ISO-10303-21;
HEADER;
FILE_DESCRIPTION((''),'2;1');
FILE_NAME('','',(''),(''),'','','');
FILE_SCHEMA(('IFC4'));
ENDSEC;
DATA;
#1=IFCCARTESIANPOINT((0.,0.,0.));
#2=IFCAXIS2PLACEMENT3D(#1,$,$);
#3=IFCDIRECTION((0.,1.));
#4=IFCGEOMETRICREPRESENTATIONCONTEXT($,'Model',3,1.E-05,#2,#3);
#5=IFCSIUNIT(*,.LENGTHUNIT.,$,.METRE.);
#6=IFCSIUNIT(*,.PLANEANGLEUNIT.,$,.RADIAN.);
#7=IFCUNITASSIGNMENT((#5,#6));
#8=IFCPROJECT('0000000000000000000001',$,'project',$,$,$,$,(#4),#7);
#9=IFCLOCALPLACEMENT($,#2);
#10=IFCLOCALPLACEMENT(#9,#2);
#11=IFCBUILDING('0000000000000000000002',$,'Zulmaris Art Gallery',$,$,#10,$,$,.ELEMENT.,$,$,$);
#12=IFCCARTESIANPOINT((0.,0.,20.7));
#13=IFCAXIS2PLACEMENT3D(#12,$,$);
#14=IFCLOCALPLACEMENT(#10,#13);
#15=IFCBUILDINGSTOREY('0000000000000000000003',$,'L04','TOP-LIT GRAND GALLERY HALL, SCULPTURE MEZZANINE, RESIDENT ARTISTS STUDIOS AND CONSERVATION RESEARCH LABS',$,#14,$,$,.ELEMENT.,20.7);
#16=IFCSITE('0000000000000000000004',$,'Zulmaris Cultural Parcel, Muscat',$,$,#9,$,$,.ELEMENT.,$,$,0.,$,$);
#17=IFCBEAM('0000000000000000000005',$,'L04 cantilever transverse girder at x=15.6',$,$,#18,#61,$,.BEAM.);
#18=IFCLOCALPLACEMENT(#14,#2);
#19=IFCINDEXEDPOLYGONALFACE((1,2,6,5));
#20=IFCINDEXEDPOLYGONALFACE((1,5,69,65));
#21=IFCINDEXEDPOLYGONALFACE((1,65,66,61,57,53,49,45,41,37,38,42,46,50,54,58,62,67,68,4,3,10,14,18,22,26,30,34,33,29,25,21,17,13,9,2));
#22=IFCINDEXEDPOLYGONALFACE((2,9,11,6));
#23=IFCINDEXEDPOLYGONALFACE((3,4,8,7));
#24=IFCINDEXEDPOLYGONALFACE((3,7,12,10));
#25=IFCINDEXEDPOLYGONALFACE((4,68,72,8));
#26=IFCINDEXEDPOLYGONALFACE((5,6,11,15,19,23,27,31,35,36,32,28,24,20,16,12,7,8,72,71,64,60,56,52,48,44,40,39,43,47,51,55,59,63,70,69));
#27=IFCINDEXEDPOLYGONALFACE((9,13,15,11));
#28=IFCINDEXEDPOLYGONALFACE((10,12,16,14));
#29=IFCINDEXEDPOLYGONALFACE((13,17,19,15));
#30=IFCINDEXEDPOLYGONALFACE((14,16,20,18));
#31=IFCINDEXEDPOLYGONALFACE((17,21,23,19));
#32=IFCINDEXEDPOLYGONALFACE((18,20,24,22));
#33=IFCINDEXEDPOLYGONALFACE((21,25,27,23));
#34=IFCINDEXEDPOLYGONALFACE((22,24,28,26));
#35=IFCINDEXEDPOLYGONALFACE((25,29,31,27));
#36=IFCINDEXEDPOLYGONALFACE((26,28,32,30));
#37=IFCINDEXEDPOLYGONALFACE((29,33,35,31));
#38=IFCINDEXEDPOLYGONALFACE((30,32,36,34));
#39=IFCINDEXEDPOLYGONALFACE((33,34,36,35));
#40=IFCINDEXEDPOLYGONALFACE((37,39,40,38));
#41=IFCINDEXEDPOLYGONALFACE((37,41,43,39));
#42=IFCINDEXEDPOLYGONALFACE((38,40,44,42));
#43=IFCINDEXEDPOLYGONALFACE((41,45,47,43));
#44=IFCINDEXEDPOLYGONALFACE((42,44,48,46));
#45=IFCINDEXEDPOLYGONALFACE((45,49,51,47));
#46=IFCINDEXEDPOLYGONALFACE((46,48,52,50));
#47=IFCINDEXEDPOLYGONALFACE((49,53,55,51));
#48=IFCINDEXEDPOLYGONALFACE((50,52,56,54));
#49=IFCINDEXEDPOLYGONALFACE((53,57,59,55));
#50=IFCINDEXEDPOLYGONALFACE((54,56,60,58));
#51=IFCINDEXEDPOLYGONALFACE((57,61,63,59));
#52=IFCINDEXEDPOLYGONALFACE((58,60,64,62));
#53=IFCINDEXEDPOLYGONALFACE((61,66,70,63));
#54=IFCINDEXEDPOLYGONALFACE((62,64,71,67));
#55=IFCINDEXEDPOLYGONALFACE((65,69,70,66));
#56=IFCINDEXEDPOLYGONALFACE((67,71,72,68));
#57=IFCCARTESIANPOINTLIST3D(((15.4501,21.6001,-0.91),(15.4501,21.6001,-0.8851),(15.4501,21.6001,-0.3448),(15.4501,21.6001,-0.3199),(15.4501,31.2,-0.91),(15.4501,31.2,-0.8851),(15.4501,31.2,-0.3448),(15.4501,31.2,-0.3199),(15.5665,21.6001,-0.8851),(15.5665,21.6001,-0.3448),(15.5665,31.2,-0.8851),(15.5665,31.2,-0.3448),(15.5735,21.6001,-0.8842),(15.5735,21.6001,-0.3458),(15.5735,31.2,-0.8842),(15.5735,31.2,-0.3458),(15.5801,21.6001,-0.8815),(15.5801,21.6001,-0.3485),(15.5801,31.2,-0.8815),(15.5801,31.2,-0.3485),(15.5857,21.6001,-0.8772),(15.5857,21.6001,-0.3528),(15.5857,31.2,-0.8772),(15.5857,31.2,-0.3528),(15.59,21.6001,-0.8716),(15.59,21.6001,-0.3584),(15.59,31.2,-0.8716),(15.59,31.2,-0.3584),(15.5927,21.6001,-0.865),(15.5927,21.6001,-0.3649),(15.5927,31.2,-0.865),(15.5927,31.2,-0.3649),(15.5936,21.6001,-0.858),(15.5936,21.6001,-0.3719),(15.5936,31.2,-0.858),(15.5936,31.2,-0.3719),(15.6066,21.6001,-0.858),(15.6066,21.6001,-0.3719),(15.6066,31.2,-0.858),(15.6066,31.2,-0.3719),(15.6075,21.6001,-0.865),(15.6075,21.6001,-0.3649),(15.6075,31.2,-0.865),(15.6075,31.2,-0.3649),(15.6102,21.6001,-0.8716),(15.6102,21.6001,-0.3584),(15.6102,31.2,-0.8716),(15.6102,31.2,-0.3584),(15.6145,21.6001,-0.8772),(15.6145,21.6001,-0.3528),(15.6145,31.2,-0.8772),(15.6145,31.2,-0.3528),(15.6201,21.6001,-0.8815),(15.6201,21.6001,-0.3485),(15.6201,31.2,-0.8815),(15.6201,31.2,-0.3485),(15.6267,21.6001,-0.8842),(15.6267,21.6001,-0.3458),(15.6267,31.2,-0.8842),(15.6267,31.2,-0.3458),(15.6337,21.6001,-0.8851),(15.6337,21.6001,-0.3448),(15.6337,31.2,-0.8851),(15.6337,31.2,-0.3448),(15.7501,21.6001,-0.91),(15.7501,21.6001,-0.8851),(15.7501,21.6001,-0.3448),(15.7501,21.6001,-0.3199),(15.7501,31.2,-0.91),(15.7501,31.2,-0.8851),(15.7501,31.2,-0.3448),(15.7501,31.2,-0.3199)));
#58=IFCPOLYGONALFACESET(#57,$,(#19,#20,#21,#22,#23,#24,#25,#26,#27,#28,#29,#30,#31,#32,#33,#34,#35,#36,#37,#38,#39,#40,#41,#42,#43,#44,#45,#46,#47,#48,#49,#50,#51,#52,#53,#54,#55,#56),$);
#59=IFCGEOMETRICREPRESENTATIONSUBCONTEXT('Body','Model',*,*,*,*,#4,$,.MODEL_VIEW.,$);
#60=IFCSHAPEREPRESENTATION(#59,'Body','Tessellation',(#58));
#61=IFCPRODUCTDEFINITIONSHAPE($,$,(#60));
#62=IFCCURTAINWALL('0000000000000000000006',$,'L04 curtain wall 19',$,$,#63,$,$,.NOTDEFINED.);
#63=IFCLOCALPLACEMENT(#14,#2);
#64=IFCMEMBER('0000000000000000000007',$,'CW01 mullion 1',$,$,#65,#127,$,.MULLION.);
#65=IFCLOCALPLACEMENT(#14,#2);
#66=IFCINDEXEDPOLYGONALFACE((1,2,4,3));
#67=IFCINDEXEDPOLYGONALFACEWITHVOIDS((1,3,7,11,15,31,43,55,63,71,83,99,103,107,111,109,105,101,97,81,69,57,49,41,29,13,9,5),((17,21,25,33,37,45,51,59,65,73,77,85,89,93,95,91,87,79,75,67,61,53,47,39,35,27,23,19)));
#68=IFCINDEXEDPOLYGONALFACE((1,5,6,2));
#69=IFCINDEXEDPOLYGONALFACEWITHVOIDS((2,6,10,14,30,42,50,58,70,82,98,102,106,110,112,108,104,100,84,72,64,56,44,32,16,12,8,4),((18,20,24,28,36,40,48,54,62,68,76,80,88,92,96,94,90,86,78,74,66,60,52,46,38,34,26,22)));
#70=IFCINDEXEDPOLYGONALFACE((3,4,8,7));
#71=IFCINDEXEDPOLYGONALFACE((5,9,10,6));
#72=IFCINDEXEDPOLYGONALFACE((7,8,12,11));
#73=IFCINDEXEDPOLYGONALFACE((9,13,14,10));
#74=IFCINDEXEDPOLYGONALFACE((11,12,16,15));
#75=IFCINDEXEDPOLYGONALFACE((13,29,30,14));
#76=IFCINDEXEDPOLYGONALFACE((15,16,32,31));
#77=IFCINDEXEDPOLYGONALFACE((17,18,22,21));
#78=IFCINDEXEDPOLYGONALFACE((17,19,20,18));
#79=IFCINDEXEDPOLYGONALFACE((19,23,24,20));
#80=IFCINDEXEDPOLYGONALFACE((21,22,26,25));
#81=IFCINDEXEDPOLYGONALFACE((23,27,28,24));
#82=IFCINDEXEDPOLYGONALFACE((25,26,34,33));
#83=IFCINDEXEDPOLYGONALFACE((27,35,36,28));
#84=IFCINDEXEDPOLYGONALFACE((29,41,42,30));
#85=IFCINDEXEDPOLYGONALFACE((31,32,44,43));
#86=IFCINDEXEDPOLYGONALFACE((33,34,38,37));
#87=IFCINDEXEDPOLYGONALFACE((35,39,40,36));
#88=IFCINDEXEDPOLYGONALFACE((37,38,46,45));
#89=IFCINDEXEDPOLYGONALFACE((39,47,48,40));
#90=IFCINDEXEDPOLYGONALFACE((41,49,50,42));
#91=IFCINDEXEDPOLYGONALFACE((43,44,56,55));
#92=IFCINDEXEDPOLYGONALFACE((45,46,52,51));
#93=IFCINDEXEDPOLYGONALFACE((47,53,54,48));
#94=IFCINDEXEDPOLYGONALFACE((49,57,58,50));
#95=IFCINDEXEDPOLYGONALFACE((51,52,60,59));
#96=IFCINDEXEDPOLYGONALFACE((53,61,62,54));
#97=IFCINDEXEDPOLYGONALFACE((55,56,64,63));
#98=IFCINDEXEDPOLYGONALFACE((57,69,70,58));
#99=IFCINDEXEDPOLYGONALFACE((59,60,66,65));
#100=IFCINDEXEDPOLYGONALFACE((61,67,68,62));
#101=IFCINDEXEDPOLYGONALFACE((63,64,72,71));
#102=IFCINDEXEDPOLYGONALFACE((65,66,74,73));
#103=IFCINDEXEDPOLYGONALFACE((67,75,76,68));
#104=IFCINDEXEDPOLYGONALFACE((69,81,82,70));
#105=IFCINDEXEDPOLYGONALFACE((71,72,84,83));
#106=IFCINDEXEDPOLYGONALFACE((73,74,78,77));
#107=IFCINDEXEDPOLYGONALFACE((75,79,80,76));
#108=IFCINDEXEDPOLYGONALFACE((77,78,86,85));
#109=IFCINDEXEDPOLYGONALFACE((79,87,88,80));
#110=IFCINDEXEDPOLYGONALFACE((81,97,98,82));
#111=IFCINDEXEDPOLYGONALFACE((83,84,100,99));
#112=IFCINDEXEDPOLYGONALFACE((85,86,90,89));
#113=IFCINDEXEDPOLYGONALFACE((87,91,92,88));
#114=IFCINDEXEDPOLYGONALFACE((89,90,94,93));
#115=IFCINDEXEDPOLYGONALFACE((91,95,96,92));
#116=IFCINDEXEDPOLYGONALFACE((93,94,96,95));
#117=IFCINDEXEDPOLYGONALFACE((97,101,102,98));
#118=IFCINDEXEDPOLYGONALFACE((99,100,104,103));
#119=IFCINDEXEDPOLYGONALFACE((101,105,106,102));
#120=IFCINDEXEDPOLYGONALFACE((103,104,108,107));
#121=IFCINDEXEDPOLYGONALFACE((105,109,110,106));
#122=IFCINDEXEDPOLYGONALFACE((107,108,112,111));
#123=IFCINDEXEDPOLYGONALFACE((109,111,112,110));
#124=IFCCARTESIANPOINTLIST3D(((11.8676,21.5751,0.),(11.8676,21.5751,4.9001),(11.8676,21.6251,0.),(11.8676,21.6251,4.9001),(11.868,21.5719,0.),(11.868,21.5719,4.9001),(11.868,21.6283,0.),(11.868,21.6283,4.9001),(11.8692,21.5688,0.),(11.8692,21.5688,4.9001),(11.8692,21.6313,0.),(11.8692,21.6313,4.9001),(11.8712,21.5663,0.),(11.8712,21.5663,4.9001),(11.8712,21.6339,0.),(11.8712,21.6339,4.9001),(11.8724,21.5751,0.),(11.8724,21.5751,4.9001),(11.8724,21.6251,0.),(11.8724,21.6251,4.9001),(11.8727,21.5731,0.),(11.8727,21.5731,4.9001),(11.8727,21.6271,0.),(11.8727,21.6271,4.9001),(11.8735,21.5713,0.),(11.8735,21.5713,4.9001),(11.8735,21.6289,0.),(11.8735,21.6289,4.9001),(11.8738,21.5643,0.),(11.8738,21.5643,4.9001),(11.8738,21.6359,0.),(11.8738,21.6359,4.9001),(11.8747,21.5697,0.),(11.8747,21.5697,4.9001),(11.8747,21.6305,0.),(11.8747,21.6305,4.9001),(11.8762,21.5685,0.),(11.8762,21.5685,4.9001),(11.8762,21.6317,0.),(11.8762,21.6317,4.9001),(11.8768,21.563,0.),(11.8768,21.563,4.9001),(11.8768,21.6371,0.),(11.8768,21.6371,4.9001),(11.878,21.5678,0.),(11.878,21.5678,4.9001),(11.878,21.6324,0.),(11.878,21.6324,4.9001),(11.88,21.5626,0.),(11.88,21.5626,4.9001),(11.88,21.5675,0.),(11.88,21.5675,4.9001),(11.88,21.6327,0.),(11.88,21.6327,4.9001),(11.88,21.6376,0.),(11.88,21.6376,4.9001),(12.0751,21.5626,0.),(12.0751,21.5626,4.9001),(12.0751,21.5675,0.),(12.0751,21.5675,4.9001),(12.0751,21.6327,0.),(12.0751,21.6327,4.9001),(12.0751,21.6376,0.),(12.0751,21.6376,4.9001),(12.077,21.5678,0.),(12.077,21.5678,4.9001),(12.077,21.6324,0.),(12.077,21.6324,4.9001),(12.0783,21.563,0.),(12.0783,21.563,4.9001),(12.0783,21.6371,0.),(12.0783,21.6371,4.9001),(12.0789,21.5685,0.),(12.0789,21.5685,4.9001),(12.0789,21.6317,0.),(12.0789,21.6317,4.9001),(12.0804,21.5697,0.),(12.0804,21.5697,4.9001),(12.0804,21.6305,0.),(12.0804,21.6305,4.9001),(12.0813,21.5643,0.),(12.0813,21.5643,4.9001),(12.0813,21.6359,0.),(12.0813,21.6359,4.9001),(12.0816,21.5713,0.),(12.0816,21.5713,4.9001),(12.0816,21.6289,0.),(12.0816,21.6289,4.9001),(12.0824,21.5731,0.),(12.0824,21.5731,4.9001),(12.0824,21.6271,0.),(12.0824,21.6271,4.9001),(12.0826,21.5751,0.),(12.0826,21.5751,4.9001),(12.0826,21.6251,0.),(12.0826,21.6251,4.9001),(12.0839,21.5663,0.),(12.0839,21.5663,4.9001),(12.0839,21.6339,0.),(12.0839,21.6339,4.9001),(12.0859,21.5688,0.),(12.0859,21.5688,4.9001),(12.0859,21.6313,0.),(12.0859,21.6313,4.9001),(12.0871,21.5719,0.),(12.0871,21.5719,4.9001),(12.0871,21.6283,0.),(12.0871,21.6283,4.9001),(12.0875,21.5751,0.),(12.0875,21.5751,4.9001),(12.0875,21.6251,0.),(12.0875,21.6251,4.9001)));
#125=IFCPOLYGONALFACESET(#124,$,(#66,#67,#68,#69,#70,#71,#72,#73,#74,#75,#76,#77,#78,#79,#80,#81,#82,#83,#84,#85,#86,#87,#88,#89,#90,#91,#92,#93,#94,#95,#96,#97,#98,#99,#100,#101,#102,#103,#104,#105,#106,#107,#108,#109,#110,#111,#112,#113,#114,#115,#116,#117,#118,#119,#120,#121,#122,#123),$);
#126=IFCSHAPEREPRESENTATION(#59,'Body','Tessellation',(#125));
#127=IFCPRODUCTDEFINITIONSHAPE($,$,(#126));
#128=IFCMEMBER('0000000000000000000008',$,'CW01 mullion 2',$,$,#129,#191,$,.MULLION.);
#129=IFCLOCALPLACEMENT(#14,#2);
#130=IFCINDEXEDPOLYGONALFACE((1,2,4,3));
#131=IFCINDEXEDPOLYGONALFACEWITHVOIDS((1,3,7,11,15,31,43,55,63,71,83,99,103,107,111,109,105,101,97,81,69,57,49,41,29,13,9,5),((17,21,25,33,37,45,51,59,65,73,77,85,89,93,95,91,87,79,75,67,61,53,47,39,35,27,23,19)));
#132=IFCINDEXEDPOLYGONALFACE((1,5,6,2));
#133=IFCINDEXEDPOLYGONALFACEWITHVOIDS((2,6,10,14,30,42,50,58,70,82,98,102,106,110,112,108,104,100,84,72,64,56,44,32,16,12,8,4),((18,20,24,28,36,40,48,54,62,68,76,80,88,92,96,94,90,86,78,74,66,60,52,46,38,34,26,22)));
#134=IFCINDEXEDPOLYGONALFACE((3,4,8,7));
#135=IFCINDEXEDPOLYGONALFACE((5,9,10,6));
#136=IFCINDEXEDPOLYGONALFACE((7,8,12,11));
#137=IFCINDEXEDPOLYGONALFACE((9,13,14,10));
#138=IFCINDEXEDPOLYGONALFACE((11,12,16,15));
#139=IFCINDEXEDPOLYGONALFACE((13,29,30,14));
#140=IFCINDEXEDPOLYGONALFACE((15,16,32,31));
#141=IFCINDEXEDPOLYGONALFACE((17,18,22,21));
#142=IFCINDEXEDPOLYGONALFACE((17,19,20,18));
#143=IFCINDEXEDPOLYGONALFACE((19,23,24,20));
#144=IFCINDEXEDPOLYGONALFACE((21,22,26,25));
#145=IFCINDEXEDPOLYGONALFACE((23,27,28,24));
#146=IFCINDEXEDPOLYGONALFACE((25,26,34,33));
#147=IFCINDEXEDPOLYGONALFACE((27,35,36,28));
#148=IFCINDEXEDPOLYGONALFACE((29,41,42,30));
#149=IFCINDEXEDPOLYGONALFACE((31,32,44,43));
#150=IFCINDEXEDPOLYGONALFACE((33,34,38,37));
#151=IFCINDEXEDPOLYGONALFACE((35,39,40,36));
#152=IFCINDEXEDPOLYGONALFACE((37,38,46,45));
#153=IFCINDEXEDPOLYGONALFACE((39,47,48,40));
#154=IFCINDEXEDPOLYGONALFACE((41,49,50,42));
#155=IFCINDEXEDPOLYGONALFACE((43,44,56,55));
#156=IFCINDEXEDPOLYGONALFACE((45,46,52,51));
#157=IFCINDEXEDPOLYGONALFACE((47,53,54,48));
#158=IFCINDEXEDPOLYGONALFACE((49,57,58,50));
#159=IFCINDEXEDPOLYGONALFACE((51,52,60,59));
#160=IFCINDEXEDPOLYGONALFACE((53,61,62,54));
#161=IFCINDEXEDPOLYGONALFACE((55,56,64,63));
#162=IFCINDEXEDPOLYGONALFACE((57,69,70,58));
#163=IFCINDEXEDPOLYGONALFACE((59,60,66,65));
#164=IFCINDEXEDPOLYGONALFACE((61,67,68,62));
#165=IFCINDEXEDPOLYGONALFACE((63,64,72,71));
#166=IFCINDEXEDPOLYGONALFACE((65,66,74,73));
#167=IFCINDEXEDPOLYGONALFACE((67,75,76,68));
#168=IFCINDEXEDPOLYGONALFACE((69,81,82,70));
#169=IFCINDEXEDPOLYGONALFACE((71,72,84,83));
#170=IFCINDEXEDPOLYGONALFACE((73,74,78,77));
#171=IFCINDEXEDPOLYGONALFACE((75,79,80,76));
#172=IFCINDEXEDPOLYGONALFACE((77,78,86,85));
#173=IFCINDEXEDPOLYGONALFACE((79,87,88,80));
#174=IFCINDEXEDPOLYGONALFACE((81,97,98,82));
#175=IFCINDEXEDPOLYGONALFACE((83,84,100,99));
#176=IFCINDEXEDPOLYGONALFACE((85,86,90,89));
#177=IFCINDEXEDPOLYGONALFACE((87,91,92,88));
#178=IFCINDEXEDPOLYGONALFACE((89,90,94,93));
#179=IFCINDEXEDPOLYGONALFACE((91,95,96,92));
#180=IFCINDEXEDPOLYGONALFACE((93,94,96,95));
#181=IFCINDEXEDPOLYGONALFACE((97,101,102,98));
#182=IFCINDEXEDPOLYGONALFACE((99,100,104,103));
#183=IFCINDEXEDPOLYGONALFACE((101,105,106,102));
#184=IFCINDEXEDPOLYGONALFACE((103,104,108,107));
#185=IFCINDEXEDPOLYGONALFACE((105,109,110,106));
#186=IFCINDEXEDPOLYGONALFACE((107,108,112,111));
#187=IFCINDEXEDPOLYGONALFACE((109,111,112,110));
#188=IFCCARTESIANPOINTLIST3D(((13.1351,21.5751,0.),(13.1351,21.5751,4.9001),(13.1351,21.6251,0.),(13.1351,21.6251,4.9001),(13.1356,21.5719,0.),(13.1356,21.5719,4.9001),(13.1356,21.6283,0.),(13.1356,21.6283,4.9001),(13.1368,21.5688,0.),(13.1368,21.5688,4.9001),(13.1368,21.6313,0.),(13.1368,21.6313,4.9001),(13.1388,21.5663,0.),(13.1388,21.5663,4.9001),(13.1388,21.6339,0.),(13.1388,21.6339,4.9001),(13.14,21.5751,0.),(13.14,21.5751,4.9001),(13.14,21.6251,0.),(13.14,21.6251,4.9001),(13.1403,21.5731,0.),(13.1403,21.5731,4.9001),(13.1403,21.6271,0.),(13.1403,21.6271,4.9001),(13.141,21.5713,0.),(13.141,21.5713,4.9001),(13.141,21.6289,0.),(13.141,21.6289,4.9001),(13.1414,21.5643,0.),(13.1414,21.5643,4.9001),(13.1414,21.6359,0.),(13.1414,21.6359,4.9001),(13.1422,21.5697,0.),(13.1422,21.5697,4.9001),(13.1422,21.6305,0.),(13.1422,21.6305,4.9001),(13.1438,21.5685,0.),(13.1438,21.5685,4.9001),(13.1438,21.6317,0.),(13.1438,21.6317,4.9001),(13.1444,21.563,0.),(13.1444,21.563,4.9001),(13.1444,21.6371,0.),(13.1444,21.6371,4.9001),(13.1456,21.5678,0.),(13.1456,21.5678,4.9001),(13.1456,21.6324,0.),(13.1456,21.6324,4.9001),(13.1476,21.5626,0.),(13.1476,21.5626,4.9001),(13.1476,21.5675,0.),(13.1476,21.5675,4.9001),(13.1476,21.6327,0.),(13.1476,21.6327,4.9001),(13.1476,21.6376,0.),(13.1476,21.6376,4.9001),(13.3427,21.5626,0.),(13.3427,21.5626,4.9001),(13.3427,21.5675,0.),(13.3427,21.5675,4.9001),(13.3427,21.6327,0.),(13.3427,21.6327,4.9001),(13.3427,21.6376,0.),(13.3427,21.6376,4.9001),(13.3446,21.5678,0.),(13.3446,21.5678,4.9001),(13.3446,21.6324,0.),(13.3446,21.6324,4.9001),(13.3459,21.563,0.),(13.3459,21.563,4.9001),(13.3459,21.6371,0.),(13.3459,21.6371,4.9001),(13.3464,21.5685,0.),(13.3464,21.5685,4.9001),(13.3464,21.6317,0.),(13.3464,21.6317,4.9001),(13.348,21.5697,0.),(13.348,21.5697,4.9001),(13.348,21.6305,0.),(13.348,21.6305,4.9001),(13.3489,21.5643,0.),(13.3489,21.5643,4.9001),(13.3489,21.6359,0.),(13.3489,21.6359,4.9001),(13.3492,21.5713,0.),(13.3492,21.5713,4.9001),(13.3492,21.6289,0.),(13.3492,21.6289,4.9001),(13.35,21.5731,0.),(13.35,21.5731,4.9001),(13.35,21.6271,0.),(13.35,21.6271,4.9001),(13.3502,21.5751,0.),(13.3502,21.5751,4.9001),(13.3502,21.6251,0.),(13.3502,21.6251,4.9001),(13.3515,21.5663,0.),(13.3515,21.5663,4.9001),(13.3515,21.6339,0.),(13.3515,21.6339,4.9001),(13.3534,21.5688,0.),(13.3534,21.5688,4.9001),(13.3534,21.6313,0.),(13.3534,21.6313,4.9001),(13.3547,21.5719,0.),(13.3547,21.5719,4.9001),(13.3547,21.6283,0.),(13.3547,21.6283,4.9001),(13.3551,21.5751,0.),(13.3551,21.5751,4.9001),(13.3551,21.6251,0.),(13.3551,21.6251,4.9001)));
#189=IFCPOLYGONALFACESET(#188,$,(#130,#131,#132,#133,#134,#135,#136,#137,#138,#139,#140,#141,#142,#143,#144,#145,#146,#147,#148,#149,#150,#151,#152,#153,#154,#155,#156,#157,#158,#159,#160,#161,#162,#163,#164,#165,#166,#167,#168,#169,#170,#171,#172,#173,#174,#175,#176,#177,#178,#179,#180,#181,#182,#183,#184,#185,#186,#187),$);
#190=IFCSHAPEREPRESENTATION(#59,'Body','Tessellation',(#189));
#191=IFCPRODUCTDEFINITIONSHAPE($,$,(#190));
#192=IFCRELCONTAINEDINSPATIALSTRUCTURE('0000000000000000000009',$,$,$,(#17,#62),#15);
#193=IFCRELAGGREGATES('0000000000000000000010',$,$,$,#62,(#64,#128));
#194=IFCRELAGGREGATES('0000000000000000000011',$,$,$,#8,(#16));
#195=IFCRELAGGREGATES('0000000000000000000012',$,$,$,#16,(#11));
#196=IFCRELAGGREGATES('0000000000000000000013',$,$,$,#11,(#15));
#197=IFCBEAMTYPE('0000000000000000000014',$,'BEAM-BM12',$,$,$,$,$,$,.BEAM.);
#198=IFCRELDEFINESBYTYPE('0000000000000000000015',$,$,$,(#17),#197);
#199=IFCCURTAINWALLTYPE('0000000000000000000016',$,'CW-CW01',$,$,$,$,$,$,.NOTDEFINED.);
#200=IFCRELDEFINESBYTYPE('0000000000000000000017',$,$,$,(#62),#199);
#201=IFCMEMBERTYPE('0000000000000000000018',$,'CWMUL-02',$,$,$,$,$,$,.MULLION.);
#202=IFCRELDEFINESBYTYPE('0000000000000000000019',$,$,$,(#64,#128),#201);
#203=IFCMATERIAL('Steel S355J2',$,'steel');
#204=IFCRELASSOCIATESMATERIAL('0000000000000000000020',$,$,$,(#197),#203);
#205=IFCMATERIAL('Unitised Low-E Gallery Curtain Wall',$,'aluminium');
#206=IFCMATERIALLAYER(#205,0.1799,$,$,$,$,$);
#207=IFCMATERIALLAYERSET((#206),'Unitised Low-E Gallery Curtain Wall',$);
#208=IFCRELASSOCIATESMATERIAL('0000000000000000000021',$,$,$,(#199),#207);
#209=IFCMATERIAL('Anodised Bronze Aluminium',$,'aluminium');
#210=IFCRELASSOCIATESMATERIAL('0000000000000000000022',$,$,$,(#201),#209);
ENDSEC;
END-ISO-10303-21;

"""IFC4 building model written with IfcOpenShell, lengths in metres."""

from ifc_helpers import new_model, si_unit, direction, frame, origin, origin_2d, place, context, subcontext, project, spatial, hollow_rectangle, i_section, extrude, material, layer, layer_set, material_profile, profile_set, type_object, element, aggregate, save


model = new_model("IFC4")

# Units and contexts
model_context = context("Model", 3, precision=1e-05, world=origin(), true_north=direction((0.0, 1.0)))
body_context = subcontext(model_context, "Body", "Model", "MODEL_VIEW")
ifc_project = project(units=[si_unit("LENGTHUNIT", "METRE"), si_unit("PLANEANGLEUNIT", "RADIAN")], contexts=[model_context])

# Site, building, storey
site_placement = place(None, origin())
site = spatial("IfcSite", under=ifc_project, at=site_placement, Name="Zulmaris Cultural Parcel, Muscat", CompositionType="ELEMENT", RefElevation=0.0)
building_placement = place(site_placement, origin())
building = spatial("IfcBuilding", under=site, at=building_placement, Name="Zulmaris Art Gallery", CompositionType="ELEMENT")
storey_placement = place(building_placement, frame((0.0, 0.0, 20.7)))
storey = spatial("IfcBuildingStorey", under=building, at=storey_placement, Name="L04", Description="TOP-LIT GRAND GALLERY HALL, SCULPTURE MEZZANINE, RESIDENT ARTISTS STUDIOS AND CONSERVATION RESEARCH LABS", CompositionType="ELEMENT", Elevation=20.7)

# Beam
ifc_material_1 = material(Name="Steel S355J2", Category="steel")
ifc_material_profile_1 = material_profile(ifc_material_1, i_section(OverallWidth=0.3, OverallDepth=0.5901, WebThickness=0.0129, FlangeThickness=0.0249, FilletRadius=0.0271, at=origin_2d()), Name="HEA 600")
ifc_profile_set_1 = profile_set([ifc_material_profile_1], Name="Steel S355J2")
beam_type = type_object("IfcBeamType", Name="BEAM-BM12", PredefinedType="BEAM", material=ifc_profile_set_1)
beam_placement = place(storey_placement, frame((15.6001, 21.6001, -0.615), z_axis=(0.0, 1.0, 0.0), x_axis=(-1.0, 0.0, 0.0)))
element("IfcBeam", 1, at=beam_placement, inside=storey, type_object=beam_type, Name="L04 cantilever transverse girder at x=15.6", PredefinedType="BEAM", context=body_context, shape_type="SweptSolid", body=[
    extrude(i_section(OverallWidth=0.3, OverallDepth=0.5901, WebThickness=0.0129, FlangeThickness=0.0249, FilletRadius=0.0271, at=origin_2d()), origin(), (0.0, 0.0, 1.0), 9.5999),
])

# Curtain wall, members
ifc_material_2 = material(Name="Unitised Low-E Gallery Curtain Wall", Category="aluminium")
ifc_layer_1 = layer(ifc_material_2, 0.1799)
ifc_layer_set_1 = layer_set([ifc_layer_1], Name="Unitised Low-E Gallery Curtain Wall")
curtain_wall_type = type_object("IfcCurtainWallType", Name="CW-CW01", PredefinedType="NOTDEFINED", material=ifc_layer_set_1)
curtain_wall_placement = place(storey_placement, origin())
curtain_wall = element("IfcCurtainWall", 2, at=curtain_wall_placement, inside=storey, type_object=curtain_wall_type, Name="L04 curtain wall 19", PredefinedType="NOTDEFINED")
ifc_material_3 = material(Name="Anodised Bronze Aluminium", Category="aluminium")
ifc_material_profile_2 = material_profile(ifc_material_3, hollow_rectangle(XDim=0.075, YDim=0.22, WallThickness=0.0049, InnerFilletRadius=0.0076, OuterFilletRadius=0.0125, at=origin_2d()), Name="ALU 75x220x5")
ifc_profile_set_2 = profile_set([ifc_material_profile_2], Name="Anodised Bronze Aluminium")
member_type_1 = type_object("IfcMemberType", Name="CWMUL-02", PredefinedType="MULLION", material=ifc_profile_set_2)
member_1_placement = place(storey_placement, frame((11.9775, 21.6001, 0.0), z_axis=(0.0, 0.0, 1.0), x_axis=(0.0, 1.0, 0.0)))
member_1 = element("IfcMember", 3, at=member_1_placement, type_object=member_type_1, Name="CW01 mullion 1", PredefinedType="MULLION", context=body_context, shape_type="SweptSolid", body=[
    extrude(hollow_rectangle(XDim=0.075, YDim=0.22, WallThickness=0.0049, InnerFilletRadius=0.0076, OuterFilletRadius=0.0125, at=origin_2d()), origin(), (0.0, 0.0, 1.0), 4.9001),
])
member_2_placement = place(storey_placement, frame((13.2451, 21.6001, 0.0), z_axis=(0.0, 0.0, 1.0), x_axis=(0.0, 1.0, 0.0)))
member_2 = element("IfcMember", 4, at=member_2_placement, type_object=member_type_1, Name="CW01 mullion 2", PredefinedType="MULLION", context=body_context, shape_type="SweptSolid", body=[
    extrude(hollow_rectangle(XDim=0.075, YDim=0.22, WallThickness=0.0049, InnerFilletRadius=0.0076, OuterFilletRadius=0.0125, at=origin_2d()), origin(), (0.0, 0.0, 1.0), 4.9001),
])

aggregate(curtain_wall, [member_1, member_2])

save(model, "model.ifc")
